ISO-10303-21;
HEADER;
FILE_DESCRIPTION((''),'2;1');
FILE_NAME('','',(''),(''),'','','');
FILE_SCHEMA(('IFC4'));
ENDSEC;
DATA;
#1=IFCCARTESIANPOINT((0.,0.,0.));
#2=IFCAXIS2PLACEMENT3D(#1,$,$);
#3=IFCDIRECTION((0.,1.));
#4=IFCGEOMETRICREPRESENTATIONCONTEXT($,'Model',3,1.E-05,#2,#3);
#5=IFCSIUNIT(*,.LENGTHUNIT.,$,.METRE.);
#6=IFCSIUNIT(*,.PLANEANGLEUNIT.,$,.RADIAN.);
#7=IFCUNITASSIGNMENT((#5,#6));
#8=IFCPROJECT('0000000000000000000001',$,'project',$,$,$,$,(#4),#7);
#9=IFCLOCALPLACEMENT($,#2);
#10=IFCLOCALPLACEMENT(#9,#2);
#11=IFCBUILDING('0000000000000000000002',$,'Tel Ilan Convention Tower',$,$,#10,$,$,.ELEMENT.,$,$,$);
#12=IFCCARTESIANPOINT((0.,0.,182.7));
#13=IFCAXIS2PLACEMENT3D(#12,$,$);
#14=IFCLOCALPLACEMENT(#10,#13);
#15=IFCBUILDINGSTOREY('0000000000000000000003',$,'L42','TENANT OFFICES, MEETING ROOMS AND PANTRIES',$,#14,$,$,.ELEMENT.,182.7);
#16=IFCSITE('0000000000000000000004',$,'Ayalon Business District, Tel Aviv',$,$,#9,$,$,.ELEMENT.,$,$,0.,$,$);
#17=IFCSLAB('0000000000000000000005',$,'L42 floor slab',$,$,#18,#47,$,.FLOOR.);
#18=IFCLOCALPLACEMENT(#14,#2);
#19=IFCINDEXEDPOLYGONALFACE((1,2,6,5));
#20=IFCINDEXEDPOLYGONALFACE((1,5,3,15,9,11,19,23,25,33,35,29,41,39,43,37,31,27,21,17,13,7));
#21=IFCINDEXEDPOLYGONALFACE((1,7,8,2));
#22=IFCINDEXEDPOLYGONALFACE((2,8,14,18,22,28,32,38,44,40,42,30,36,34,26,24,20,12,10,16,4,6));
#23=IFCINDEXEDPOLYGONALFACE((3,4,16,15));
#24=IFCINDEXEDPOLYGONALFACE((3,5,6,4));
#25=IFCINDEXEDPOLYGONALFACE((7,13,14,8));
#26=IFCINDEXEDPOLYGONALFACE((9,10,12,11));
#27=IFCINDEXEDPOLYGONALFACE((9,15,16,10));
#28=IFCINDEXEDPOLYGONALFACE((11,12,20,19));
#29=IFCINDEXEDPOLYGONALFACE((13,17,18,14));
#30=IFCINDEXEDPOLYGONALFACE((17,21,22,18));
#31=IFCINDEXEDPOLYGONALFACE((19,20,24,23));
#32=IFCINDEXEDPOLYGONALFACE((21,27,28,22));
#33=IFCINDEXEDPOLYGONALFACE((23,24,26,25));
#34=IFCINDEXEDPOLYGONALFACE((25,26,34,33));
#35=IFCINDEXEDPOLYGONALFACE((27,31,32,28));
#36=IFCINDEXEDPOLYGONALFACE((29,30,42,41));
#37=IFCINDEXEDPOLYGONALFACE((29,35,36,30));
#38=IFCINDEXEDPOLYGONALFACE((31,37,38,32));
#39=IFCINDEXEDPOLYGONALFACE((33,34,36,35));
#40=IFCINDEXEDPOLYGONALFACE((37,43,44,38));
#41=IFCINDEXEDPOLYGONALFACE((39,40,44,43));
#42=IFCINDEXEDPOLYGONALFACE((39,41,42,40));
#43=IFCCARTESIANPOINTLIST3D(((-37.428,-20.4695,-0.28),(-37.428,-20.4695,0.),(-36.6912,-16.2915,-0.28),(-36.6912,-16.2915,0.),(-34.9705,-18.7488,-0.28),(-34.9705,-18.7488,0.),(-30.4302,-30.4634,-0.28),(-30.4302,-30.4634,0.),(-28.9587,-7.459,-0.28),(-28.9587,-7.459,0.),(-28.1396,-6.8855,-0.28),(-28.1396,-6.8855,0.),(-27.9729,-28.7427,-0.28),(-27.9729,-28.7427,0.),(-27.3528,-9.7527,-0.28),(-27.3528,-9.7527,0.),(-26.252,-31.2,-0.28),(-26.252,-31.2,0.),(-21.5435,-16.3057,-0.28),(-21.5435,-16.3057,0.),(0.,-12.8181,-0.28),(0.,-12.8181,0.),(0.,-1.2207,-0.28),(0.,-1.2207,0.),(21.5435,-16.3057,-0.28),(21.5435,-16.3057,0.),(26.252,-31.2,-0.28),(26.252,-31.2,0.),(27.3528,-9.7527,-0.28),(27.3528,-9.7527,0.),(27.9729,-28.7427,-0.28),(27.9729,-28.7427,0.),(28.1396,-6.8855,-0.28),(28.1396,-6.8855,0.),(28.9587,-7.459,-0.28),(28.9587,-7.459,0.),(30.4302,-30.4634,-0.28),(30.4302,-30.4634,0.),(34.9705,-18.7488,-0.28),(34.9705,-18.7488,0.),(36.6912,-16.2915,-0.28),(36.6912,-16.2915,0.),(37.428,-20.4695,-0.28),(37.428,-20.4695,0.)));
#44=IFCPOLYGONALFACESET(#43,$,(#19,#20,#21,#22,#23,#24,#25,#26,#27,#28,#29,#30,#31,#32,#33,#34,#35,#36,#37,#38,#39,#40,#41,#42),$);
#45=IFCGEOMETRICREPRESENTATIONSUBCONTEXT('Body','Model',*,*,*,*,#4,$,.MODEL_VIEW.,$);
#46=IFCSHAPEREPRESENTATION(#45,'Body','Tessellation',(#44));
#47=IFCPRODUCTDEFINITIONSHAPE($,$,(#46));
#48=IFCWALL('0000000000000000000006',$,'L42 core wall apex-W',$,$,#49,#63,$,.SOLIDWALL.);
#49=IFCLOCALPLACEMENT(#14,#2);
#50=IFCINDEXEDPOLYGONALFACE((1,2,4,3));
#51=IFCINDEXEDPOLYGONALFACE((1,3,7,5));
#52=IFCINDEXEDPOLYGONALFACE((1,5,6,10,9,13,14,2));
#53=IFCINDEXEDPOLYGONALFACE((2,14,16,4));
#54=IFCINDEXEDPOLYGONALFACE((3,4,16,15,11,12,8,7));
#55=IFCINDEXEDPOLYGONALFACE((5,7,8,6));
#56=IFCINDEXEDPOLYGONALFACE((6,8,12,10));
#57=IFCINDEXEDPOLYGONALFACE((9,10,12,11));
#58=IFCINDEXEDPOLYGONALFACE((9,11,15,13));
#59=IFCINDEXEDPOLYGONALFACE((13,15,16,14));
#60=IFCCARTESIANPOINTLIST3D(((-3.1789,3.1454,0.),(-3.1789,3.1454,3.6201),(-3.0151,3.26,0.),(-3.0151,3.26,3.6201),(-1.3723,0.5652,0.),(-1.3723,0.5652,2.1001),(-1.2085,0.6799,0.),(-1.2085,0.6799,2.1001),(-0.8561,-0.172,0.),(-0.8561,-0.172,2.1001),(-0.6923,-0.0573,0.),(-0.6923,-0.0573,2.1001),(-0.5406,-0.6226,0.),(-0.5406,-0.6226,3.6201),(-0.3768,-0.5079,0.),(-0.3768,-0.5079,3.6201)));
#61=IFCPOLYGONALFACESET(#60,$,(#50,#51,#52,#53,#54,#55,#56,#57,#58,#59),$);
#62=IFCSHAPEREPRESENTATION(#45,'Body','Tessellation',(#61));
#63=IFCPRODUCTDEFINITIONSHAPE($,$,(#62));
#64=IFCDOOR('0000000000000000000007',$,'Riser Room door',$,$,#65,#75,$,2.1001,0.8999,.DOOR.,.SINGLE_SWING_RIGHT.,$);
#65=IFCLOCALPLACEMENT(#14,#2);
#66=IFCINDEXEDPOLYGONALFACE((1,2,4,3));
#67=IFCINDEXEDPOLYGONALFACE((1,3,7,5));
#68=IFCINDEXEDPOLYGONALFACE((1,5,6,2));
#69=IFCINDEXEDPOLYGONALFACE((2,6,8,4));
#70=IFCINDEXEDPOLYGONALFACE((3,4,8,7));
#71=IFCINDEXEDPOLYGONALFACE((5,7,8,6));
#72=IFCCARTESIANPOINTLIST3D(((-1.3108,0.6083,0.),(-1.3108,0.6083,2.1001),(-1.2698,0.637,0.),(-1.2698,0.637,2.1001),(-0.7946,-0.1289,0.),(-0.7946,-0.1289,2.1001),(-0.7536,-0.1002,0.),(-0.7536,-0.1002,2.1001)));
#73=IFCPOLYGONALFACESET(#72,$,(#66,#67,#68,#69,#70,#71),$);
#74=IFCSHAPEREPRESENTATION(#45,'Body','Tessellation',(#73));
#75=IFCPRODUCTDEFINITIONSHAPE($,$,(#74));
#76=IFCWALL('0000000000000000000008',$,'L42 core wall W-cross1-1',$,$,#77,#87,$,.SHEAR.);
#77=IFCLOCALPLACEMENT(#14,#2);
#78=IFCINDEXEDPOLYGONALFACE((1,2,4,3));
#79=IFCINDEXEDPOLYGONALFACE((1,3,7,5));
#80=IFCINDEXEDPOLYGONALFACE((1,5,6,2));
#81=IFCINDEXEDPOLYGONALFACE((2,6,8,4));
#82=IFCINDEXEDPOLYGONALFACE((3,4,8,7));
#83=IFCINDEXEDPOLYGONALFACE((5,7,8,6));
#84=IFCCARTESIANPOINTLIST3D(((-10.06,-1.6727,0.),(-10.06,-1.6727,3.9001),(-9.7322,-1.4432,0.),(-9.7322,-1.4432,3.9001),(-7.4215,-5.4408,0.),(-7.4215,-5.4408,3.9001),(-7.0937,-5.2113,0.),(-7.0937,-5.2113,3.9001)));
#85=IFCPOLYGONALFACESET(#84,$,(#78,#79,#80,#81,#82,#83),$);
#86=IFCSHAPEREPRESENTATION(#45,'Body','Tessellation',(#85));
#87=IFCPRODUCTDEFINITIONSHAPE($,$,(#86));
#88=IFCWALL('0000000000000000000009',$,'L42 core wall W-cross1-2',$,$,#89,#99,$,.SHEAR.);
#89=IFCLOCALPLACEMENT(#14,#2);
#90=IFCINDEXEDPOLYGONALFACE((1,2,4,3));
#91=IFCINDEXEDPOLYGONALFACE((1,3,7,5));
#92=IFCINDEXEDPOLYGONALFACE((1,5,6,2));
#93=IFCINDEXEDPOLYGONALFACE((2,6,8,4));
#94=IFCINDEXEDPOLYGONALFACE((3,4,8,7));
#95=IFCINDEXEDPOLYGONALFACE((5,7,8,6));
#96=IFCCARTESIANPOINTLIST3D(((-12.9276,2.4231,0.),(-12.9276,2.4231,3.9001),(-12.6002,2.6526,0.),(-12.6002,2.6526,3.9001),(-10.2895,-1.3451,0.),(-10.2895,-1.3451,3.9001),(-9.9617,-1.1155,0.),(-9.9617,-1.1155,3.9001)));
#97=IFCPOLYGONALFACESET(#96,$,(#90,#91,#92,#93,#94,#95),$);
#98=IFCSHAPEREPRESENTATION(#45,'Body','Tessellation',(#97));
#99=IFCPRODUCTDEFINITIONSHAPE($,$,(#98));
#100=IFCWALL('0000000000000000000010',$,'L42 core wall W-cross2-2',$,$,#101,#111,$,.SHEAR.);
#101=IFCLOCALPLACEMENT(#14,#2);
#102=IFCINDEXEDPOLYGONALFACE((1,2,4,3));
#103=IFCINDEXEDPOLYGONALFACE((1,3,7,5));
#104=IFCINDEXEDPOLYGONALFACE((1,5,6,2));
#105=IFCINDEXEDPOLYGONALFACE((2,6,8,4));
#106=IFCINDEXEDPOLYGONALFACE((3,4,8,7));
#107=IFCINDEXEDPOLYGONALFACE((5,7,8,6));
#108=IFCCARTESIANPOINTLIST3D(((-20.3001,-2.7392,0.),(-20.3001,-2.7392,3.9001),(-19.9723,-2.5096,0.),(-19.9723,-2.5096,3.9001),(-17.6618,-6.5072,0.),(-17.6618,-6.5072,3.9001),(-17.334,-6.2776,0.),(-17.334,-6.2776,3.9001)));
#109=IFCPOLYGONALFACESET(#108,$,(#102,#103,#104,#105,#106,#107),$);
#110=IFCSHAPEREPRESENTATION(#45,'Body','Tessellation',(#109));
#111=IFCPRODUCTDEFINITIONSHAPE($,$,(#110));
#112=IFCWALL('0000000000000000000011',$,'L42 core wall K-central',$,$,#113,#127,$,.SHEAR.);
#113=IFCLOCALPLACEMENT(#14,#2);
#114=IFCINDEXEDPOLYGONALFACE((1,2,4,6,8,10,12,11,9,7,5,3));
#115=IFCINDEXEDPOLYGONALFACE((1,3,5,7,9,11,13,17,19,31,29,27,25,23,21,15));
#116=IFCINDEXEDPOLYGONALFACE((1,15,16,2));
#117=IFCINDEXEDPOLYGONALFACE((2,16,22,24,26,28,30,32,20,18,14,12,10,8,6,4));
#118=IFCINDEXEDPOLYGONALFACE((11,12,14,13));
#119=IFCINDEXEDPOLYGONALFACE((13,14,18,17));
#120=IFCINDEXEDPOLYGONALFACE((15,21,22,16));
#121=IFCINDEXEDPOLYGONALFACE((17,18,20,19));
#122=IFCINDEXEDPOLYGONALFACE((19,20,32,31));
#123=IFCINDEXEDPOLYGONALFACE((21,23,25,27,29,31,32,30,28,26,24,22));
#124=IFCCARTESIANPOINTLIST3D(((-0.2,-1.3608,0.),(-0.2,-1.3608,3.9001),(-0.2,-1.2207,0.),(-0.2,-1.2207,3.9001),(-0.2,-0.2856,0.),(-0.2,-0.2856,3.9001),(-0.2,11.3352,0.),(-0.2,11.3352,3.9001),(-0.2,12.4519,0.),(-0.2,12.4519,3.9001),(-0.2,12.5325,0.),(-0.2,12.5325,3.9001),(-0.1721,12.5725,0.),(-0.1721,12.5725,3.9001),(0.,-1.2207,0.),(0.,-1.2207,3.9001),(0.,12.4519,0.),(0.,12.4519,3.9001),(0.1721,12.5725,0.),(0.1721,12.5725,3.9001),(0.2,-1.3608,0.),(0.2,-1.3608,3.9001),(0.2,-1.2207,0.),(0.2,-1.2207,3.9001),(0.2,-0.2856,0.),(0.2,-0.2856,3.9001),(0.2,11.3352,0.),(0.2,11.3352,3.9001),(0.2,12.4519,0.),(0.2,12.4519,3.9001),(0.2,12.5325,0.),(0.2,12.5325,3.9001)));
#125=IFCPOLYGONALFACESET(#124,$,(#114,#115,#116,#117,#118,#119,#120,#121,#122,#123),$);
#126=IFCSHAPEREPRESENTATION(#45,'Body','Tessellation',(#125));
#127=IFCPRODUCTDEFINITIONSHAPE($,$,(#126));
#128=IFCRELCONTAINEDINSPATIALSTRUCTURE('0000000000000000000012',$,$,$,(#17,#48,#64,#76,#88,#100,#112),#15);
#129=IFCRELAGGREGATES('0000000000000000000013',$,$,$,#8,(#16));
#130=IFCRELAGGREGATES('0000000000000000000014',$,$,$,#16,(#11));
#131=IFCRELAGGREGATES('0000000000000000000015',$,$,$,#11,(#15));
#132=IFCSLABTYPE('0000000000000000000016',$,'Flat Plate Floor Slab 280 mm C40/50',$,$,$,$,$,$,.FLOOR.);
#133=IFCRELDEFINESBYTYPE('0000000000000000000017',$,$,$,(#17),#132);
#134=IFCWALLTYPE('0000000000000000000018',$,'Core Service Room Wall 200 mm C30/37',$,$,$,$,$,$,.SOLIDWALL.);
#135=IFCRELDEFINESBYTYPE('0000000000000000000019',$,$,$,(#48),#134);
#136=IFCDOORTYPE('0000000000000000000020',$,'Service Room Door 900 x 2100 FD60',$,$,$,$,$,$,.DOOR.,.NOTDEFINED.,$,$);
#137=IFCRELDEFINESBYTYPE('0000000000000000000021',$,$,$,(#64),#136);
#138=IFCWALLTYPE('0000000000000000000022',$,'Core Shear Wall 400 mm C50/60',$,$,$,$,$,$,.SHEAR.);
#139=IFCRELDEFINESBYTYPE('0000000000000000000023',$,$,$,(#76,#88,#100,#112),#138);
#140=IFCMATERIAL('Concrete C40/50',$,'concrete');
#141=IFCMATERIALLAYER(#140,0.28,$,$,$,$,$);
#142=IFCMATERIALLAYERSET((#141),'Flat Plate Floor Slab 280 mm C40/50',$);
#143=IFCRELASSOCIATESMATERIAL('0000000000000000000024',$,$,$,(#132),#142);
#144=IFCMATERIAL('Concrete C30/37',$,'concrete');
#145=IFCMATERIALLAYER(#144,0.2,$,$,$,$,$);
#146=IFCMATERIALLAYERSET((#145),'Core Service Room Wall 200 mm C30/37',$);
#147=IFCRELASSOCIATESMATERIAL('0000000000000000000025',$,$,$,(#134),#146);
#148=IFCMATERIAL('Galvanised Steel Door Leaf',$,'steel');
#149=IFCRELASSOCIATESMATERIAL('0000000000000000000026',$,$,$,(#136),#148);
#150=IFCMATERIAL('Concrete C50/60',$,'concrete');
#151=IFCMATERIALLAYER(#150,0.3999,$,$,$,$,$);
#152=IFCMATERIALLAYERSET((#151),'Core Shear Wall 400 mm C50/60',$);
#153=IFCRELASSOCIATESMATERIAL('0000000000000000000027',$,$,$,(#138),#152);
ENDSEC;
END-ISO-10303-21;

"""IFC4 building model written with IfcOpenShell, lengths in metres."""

from ifc_helpers import new_model, si_unit, direction, frame, frame_2d, origin, place, context, subcontext, project, spatial, polyline, rectangle, outline, extrude, material, layer, layer_set, type_object, element, fill, save


model = new_model("IFC4")

# Units and contexts
model_context = context("Model", 3, precision=1e-05, world=origin(), true_north=direction((0.0, 1.0)))
body_context = subcontext(model_context, "Body", "Model", "MODEL_VIEW")
ifc_project = project(units=[si_unit("LENGTHUNIT", "METRE"), si_unit("PLANEANGLEUNIT", "RADIAN")], contexts=[model_context])

# Site, building, storey
site_placement = place(None, origin())
site = spatial("IfcSite", under=ifc_project, at=site_placement, Name="Ayalon Business District, Tel Aviv", CompositionType="ELEMENT", RefElevation=0.0)
building_placement = place(site_placement, origin())
building = spatial("IfcBuilding", under=site, at=building_placement, Name="Tel Ilan Convention Tower", CompositionType="ELEMENT")
storey_placement = place(building_placement, frame((0.0, 0.0, 182.7)))
storey = spatial("IfcBuildingStorey", under=building, at=storey_placement, Name="L42", Description="TENANT OFFICES, MEETING ROOMS AND PANTRIES", CompositionType="ELEMENT", Elevation=182.7)

# Slab
ifc_material_1 = material(Name="Concrete C40/50", Category="concrete")
ifc_layer_1 = layer(ifc_material_1, 0.28)
ifc_layer_set_1 = layer_set([ifc_layer_1], Name="Flat Plate Floor Slab 280 mm C40/50")
slab_type_1 = type_object("IfcSlabType", Name="Flat Plate Floor Slab 280 mm C40/50", PredefinedType="FLOOR", material=ifc_layer_set_1)
slab_1_placement = place(storey_placement, frame((0.0, 0.0, -0.28)))
element("IfcSlab", 1, at=slab_1_placement, inside=storey, type_object=slab_type_1, Name="L42 floor slab", PredefinedType="FLOOR", context=body_context, shape_type="SweptSolid", body=[
    extrude(outline(polyline([(21.5435, -16.3057), (28.1396, -6.8855), (28.9587, -7.459), (27.3528, -9.7527), (36.6912, -16.2915), (34.9705, -18.7488), (37.428, -20.4695), (30.4302, -30.4634), (27.9729, -28.7427), (26.252, -31.2), (0.0, -12.8181), (-26.252, -31.2), (-27.9729, -28.7427), (-30.4302, -30.4634), (-37.428, -20.4695), (-34.9705, -18.7488), (-36.6912, -16.2915), (-27.3528, -9.7527), (-28.9587, -7.459), (-28.1396, -6.8855), (-21.5435, -16.3057), (0.0, -1.2207), (21.5435, -16.3057)])), origin(), (0.0, 0.0, 1.0), 0.28),
])

# Wall, opening, door
ifc_material_2 = material(Name="Concrete C30/37", Category="concrete")
ifc_layer_2 = layer(ifc_material_2, 0.2)
ifc_layer_set_2 = layer_set([ifc_layer_2], Name="Core Service Room Wall 200 mm C30/37")
wall_type_1 = type_object("IfcWallType", Name="Core Service Room Wall 200 mm C30/37", PredefinedType="SOLIDWALL", material=ifc_layer_set_2)
wall_1_placement = place(storey_placement, frame((-0.4587, -0.5652, 0.0), z_axis=(0.0, 0.0, 1.0), x_axis=(-0.573576, 0.819152, 0.0)))
wall_1 = element("IfcWall", 2, at=wall_1_placement, inside=storey, type_object=wall_type_1, Name="L42 core wall apex-W", PredefinedType="SOLIDWALL", context=body_context, shape_type="SweptSolid", body=[
    extrude(rectangle(XDim=4.5999, YDim=0.2, at=frame_2d((2.2998, 0.0))), origin(), (0.0, 0.0, 1.0), 3.6201),
])
opening_1_placement = place(wall_1_placement, frame((0.55, 0.0, 0.0)))
opening_1 = element("IfcOpeningElement", 3, at=opening_1_placement, cuts=wall_1, PredefinedType="OPENING", context=body_context, shape_type="SweptSolid", body=[
    extrude(rectangle(XDim=0.8999, YDim=2.1001, at=frame_2d((0.45, 1.05))), frame((0.0, 0.1099, 0.0), z_axis=(0.0, -1.0, 0.0), x_axis=(1.0, 0.0, 0.0)), (0.0, 0.0, 1.0), 0.22),
])
ifc_material_3 = material(Name="Galvanised Steel Door Leaf", Category="steel")
door_type_1 = type_object("IfcDoorType", Name="Service Room Door 900 x 2100 FD60", OperationType="NOTDEFINED", PredefinedType="DOOR", material=ifc_material_3)
door_1_placement = place(opening_1_placement, origin())
door_1 = element("IfcDoor", 4, at=door_1_placement, inside=storey, type_object=door_type_1, Name="Riser Room door", OperationType="SINGLE_SWING_RIGHT", OverallHeight=2.1001, OverallWidth=0.8999, PredefinedType="DOOR", context=body_context, shape_type="SweptSolid", body=[
    extrude(rectangle(XDim=0.8999, YDim=2.1001, at=frame_2d((0.45, 1.05))), frame((0.0, 0.0249, 0.0), z_axis=(0.0, -1.0, 0.0), x_axis=(1.0, 0.0, 0.0)), (0.0, 0.0, 1.0), 0.05),
])
fill(opening_1, door_1)

# Walls
ifc_material_4 = material(Name="Concrete C50/60", Category="concrete")
ifc_layer_3 = layer(ifc_material_4, 0.3999)
ifc_layer_set_3 = layer_set([ifc_layer_3], Name="Core Shear Wall 400 mm C50/60")
wall_type_2 = type_object("IfcWallType", Name="Core Shear Wall 400 mm C50/60", PredefinedType="SHEAR", material=ifc_layer_set_3)
wall_2_placement = place(storey_placement, frame((-7.2578, -5.3259, 0.0), z_axis=(0.0, 0.0, 1.0), x_axis=(-0.573541, 0.819177, 0.0)))
element("IfcWall", 5, at=wall_2_placement, inside=storey, type_object=wall_type_2, Name="L42 core wall W-cross1-1", PredefinedType="SHEAR", context=body_context, shape_type="SweptSolid", body=[
    extrude(outline(polyline([(4.5999, 0.2002), (-0.0002, 0.2), (-0.0002, -0.2002), (4.5999, -0.2), (4.5999, 0.2002)])), origin(), (0.0, 0.0, 1.0), 3.9001),
])
wall_3_placement = place(storey_placement, frame((-10.1255, -1.2302, 0.0), z_axis=(0.0, 0.0, 1.0), x_axis=(-0.573576, 0.819152, 0.0)))
element("IfcWall", 6, at=wall_3_placement, inside=storey, type_object=wall_type_2, Name="L42 core wall W-cross1-2", PredefinedType="SHEAR", context=body_context, shape_type="SweptSolid", body=[
    extrude(outline(polyline([(4.6001, -0.2), (4.5999, 0.2), (0.0, 0.2002), (0.0, -0.2), (4.6001, -0.2)])), origin(), (0.0, 0.0, 1.0), 3.9001),
])
wall_4_placement = place(storey_placement, frame((-17.4978, -6.3923, 0.0), z_axis=(0.0, 0.0, 1.0), x_axis=(-0.573612, 0.819127, 0.0)))
element("IfcWall", 7, at=wall_4_placement, inside=storey, type_object=wall_type_2, Name="L42 core wall W-cross2-2", PredefinedType="SHEAR", context=body_context, shape_type="SweptSolid", body=[
    extrude(outline(polyline([(4.5999, -0.2002), (4.5999, 0.2), (0.0, 0.2002), (0.0, -0.2), (4.5999, -0.2002)])), origin(), (0.0, 0.0, 1.0), 3.9001),
])
wall_5_placement = place(storey_placement, frame((0.0, -1.3608, 0.0), z_axis=(0.0, 0.0, 1.0), x_axis=(0.0, 1.0, 0.0)))
element("IfcWall", 8, at=wall_5_placement, inside=storey, type_object=wall_type_2, Name="L42 core wall K-central", PredefinedType="SHEAR", context=body_context, shape_type="SweptSolid", body=[
    extrude(outline(polyline([(0.0, -0.2), (0.1401, -0.2), (1.0752, -0.2), (12.696, -0.2), (13.8127, -0.2), (13.8933, -0.2), (13.9333, -0.1721), (13.8127, 0.0), (13.9333, 0.1721), (13.8933, 0.2), (13.8127, 0.2), (12.696, 0.2), (1.0752, 0.2), (0.1401, 0.2), (0.0, 0.2), (0.1401, 0.0), (0.0, -0.2)])), origin(), (0.0, 0.0, 1.0), 3.9001),
])

save(model, "model.ifc")
